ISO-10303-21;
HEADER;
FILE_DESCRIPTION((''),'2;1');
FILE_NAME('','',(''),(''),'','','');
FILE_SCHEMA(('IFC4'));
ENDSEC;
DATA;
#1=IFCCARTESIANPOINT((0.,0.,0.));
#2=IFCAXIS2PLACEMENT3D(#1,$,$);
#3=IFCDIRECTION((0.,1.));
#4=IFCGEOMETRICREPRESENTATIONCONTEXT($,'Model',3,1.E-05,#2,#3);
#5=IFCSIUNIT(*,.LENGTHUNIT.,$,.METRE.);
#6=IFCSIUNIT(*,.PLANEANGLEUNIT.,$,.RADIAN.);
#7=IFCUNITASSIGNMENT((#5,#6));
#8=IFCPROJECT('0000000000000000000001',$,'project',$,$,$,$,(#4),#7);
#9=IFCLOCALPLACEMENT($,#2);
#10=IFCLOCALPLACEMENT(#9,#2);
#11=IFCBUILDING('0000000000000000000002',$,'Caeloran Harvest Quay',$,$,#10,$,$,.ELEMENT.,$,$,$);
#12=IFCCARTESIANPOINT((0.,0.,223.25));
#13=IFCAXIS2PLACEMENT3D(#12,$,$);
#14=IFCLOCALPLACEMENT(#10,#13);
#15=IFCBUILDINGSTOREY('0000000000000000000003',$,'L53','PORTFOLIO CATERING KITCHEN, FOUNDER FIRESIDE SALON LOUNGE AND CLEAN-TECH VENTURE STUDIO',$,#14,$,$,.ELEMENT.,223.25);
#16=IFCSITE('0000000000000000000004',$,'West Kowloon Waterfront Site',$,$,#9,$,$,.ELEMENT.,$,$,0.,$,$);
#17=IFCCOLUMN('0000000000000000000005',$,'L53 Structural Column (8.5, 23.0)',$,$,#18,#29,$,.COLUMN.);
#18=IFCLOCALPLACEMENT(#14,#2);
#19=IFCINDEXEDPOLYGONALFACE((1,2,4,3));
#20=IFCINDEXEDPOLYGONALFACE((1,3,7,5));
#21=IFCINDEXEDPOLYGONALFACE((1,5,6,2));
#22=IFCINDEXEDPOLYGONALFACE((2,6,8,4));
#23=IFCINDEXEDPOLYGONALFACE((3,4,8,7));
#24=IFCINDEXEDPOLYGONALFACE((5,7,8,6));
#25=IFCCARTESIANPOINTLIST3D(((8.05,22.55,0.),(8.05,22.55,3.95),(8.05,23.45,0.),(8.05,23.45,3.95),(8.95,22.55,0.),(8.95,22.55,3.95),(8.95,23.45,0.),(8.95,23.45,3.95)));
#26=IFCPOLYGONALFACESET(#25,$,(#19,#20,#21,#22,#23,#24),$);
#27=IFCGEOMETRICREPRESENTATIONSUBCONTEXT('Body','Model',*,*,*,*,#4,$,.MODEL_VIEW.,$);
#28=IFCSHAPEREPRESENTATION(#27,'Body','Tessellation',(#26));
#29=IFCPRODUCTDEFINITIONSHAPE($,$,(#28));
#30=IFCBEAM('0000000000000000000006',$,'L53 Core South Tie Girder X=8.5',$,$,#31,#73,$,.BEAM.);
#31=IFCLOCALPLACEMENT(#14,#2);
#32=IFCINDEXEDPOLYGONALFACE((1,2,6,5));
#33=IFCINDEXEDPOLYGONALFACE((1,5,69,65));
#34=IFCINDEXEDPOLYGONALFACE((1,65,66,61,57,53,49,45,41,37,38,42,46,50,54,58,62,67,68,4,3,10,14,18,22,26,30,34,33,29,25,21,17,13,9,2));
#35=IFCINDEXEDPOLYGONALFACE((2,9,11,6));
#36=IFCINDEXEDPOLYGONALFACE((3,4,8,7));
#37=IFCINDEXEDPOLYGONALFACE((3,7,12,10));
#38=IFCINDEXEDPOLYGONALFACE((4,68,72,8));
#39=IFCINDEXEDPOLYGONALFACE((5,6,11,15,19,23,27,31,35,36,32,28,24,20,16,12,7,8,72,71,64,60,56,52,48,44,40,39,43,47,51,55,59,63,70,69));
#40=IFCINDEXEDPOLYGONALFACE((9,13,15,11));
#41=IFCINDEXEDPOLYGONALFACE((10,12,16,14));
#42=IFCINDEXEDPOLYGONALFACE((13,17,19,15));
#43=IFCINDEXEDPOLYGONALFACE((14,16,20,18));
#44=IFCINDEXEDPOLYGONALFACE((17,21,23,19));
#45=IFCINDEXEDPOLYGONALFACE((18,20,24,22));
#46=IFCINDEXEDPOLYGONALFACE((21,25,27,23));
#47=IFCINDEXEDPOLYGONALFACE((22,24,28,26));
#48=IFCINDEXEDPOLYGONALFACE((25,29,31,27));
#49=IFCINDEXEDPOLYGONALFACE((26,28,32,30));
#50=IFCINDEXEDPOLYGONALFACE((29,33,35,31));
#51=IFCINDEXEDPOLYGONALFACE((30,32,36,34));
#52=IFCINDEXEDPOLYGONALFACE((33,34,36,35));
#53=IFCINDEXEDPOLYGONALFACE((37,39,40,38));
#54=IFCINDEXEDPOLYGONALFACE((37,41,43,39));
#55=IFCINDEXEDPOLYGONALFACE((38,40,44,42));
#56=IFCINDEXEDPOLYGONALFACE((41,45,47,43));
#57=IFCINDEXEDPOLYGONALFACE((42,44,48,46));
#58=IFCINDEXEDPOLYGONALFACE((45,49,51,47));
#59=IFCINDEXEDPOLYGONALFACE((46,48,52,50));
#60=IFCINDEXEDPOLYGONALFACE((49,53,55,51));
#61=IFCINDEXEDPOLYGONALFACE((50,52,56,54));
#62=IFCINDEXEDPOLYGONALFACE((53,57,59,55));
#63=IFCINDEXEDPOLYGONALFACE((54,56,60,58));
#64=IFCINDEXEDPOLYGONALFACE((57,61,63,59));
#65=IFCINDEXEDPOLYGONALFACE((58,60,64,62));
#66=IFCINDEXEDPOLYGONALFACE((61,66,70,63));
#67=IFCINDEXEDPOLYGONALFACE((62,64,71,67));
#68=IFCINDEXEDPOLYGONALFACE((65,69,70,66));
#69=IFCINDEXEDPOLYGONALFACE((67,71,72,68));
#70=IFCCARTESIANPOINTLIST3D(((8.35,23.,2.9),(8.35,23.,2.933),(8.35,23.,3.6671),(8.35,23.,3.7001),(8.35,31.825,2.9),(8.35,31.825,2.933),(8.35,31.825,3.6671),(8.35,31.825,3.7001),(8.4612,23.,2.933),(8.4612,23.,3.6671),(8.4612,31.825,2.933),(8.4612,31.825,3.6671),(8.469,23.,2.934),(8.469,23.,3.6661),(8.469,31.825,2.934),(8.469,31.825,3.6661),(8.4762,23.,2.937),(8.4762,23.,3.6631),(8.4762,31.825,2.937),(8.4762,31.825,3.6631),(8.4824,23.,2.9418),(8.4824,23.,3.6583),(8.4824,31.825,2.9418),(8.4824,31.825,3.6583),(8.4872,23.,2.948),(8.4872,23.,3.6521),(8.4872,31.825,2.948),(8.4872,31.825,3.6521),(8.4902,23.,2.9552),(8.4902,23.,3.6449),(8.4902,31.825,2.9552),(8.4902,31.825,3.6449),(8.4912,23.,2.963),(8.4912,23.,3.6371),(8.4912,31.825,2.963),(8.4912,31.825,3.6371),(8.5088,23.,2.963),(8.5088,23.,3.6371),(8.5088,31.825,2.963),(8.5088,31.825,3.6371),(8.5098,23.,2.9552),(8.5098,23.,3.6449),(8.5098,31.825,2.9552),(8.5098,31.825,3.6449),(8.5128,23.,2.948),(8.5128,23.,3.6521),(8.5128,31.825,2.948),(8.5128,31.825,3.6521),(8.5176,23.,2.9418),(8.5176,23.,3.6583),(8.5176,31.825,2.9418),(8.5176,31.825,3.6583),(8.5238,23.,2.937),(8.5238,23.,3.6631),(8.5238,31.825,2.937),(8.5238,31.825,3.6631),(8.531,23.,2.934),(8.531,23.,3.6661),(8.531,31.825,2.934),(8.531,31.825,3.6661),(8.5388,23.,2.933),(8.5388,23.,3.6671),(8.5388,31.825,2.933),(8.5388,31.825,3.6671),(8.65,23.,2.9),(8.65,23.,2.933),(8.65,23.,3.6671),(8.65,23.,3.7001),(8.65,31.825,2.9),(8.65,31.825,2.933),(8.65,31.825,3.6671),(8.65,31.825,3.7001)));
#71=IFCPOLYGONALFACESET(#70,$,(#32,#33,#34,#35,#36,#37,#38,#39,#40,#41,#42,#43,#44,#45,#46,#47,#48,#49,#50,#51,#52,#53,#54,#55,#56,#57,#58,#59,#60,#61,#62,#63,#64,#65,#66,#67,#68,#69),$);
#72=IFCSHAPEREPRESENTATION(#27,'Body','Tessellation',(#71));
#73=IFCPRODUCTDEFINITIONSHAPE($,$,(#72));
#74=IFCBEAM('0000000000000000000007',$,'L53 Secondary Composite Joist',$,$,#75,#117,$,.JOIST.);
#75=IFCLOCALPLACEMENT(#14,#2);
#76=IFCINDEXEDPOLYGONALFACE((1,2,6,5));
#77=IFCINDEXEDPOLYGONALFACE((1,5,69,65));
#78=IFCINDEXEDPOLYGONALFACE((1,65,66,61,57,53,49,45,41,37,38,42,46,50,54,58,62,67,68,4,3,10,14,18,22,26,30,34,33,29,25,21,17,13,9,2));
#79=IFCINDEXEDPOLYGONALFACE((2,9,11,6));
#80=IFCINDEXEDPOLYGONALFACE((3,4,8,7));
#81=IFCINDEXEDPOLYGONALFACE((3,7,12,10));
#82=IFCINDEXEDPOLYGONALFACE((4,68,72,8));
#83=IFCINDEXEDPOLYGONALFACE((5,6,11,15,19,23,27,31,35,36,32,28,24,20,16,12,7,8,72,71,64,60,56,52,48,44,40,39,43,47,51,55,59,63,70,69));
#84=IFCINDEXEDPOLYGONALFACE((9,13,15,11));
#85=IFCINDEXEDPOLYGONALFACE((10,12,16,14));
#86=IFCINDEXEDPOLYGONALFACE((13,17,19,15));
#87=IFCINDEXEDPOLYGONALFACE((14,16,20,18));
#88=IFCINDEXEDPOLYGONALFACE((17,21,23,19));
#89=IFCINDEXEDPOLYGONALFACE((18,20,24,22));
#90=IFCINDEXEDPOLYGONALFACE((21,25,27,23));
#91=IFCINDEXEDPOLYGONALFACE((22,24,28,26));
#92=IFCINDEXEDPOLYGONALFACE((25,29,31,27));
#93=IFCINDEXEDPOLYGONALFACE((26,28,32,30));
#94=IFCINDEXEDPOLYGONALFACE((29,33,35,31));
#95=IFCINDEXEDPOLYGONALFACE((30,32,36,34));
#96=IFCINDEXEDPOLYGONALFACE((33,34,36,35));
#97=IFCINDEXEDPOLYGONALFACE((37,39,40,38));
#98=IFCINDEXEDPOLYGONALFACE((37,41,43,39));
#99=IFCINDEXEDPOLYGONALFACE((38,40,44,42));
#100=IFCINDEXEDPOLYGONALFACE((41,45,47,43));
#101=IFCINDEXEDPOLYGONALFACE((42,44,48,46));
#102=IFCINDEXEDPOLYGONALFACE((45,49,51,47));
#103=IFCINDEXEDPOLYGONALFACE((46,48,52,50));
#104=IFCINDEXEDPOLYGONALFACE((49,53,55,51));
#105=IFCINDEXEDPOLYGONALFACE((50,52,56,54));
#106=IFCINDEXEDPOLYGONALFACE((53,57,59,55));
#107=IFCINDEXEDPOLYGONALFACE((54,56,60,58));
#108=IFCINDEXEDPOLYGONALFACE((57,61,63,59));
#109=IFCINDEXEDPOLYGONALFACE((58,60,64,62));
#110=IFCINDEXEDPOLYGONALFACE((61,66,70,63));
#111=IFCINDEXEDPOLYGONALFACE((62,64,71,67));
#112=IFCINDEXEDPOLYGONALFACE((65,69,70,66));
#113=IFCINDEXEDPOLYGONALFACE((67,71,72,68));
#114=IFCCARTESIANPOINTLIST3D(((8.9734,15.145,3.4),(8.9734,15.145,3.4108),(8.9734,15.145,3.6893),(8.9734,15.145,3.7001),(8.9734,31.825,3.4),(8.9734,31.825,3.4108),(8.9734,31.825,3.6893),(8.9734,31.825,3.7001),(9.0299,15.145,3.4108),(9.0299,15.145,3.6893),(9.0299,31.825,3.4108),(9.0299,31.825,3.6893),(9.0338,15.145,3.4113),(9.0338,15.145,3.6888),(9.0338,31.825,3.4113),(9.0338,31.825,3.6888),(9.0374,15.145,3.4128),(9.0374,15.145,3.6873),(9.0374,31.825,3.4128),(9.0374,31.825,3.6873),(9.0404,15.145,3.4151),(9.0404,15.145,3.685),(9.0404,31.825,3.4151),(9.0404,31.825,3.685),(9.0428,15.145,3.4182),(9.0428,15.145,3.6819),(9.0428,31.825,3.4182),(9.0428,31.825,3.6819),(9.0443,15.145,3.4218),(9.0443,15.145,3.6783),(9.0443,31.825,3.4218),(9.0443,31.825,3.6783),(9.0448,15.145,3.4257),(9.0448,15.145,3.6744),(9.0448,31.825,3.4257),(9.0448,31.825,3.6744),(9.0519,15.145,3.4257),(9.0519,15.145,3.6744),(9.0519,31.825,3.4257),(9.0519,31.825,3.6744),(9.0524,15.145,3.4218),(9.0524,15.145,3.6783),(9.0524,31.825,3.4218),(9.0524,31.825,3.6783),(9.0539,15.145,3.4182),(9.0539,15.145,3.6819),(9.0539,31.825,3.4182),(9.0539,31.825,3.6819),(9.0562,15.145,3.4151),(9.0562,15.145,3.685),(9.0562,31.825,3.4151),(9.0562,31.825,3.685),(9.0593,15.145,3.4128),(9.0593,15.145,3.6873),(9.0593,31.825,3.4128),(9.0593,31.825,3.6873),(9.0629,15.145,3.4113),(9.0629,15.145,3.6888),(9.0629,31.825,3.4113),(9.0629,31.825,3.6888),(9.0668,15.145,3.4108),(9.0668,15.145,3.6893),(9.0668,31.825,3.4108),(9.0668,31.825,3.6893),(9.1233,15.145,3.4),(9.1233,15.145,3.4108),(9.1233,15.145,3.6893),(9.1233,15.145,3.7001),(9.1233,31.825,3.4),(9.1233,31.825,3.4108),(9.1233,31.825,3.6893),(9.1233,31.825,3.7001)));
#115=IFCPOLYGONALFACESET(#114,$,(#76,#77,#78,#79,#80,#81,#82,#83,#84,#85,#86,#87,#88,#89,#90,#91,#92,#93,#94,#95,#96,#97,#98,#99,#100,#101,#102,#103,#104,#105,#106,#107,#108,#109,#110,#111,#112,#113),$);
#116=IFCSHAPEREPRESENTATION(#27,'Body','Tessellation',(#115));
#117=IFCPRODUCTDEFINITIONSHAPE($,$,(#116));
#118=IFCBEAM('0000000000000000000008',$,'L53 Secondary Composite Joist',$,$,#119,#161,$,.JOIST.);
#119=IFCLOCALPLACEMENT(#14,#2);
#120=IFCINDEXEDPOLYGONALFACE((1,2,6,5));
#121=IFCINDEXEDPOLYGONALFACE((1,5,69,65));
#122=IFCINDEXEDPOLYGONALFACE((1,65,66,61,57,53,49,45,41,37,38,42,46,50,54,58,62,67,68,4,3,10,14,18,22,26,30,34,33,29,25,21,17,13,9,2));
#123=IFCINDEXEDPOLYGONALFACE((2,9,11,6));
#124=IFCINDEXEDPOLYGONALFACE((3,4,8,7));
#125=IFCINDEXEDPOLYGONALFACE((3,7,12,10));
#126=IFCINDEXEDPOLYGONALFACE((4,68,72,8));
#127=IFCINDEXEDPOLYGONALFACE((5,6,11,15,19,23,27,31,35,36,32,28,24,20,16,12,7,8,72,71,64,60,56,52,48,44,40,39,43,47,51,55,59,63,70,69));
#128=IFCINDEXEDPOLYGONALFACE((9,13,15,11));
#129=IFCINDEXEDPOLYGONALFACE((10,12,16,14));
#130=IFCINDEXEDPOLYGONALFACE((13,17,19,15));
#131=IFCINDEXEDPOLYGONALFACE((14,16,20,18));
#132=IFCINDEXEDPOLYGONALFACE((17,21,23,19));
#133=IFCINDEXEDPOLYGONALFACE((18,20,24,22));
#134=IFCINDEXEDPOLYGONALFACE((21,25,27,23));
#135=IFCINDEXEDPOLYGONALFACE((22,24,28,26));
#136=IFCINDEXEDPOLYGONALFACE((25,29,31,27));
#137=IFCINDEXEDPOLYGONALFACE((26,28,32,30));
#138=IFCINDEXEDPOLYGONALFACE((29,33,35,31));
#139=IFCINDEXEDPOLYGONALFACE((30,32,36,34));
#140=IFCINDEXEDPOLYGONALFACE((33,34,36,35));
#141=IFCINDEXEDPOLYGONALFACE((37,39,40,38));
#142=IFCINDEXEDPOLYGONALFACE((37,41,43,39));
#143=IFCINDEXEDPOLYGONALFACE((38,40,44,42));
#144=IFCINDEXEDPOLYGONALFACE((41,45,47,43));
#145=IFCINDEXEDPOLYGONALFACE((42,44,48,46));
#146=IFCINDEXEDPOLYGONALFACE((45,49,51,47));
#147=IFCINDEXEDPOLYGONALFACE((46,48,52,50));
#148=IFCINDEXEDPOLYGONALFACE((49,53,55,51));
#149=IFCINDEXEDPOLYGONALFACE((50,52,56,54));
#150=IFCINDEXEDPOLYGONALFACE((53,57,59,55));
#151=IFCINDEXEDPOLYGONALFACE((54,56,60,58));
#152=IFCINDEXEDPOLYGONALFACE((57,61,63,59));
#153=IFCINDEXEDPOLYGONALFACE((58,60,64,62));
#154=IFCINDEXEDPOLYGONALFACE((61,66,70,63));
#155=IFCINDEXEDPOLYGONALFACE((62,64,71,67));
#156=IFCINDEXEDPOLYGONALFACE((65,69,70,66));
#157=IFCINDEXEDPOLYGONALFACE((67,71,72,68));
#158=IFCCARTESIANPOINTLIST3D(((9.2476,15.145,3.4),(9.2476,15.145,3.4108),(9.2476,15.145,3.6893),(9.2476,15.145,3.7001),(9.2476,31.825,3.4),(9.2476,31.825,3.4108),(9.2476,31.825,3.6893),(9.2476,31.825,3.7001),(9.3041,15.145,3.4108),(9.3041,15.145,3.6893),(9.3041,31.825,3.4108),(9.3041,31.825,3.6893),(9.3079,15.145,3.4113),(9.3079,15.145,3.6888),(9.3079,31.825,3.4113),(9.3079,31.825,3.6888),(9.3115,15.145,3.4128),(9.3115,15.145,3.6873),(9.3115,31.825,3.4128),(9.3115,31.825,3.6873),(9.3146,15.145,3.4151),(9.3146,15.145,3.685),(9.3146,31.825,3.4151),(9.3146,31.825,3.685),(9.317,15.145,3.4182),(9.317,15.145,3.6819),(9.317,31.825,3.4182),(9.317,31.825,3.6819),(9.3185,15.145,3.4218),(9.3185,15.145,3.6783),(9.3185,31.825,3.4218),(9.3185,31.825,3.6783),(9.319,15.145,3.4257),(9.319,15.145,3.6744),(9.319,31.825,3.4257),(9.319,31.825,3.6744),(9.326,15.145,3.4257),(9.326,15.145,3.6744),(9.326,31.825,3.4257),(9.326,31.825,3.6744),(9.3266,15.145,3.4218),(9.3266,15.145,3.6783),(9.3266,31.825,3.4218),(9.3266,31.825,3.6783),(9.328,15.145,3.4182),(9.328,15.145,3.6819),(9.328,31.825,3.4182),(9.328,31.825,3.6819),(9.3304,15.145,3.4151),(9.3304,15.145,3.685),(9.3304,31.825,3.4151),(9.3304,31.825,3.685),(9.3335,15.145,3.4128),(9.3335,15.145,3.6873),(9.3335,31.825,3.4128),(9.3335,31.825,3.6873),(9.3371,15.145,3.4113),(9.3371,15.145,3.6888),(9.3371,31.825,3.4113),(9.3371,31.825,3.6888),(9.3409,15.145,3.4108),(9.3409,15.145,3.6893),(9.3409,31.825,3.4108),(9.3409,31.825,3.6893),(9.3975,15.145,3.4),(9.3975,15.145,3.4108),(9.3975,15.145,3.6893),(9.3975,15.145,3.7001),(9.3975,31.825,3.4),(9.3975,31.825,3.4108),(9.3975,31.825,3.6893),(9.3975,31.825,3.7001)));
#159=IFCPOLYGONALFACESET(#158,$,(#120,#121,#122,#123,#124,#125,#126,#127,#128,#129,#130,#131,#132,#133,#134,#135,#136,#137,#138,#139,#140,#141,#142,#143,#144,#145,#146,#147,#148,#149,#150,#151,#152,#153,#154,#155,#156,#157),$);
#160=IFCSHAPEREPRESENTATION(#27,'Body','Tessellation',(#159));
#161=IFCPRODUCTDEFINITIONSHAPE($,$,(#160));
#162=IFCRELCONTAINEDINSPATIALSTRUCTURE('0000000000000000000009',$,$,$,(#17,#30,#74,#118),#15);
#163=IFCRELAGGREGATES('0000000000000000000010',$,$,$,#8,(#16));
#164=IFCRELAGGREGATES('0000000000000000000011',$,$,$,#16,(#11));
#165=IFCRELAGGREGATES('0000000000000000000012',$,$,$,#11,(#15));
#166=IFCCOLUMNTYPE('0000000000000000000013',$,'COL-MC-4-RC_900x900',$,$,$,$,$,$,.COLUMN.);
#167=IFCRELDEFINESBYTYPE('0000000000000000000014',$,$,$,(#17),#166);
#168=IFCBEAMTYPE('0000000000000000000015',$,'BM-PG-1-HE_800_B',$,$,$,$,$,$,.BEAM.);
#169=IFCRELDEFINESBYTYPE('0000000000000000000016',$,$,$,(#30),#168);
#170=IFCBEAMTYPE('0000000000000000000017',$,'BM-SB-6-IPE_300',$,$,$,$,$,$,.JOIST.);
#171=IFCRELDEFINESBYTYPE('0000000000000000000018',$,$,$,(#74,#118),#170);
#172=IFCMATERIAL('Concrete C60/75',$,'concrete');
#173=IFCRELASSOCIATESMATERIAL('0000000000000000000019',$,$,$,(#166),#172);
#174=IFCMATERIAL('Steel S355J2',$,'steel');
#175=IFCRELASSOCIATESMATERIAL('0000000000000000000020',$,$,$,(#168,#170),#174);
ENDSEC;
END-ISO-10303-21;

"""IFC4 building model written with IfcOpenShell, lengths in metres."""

from ifc_helpers import new_model, si_unit, direction, frame, origin, origin_2d, place, context, subcontext, project, spatial, rectangle, i_section, extrude, material, material_profile, profile_set, type_object, element, save


model = new_model("IFC4")

# Units and contexts
model_context = context("Model", 3, precision=1e-05, world=origin(), true_north=direction((0.0, 1.0)))
body_context = subcontext(model_context, "Body", "Model", "MODEL_VIEW")
ifc_project = project(units=[si_unit("LENGTHUNIT", "METRE"), si_unit("PLANEANGLEUNIT", "RADIAN")], contexts=[model_context])

# Site, building, storey
site_placement = place(None, origin())
site = spatial("IfcSite", under=ifc_project, at=site_placement, Name="West Kowloon Waterfront Site", CompositionType="ELEMENT", RefElevation=0.0)
building_placement = place(site_placement, origin())
building = spatial("IfcBuilding", under=site, at=building_placement, Name="Caeloran Harvest Quay", CompositionType="ELEMENT")
storey_placement = place(building_placement, frame((0.0, 0.0, 223.25)))
storey = spatial("IfcBuildingStorey", under=building, at=storey_placement, Name="L53", Description="PORTFOLIO CATERING KITCHEN, FOUNDER FIRESIDE SALON LOUNGE AND CLEAN-TECH VENTURE STUDIO", CompositionType="ELEMENT", Elevation=223.25)

# Column
ifc_material_1 = material(Name="Concrete C60/75", Category="concrete")
ifc_material_profile_1 = material_profile(ifc_material_1, rectangle(XDim=0.8999, YDim=0.8999, at=origin_2d()), Name="RC 900x900")
ifc_profile_set_1 = profile_set([ifc_material_profile_1], Name="Concrete C60/75")
column_type = type_object("IfcColumnType", Name="COL-MC-4-RC_900x900", PredefinedType="COLUMN", material=ifc_profile_set_1)
column_placement = place(storey_placement, frame((8.5, 23.0, 0.0), z_axis=(0.0, 0.0, 1.0), x_axis=(1.0, 0.0, 0.0)))
element("IfcColumn", 1, at=column_placement, inside=storey, type_object=column_type, Name="L53 Structural Column (8.5, 23.0)", PredefinedType="COLUMN", context=body_context, shape_type="SweptSolid", body=[
    extrude(rectangle(XDim=0.8999, YDim=0.8999, at=origin_2d()), origin(), (0.0, 0.0, 1.0), 3.95),
])

# Beams
ifc_material_2 = material(Name="Steel S355J2", Category="steel")
ifc_material_profile_2 = material_profile(ifc_material_2, i_section(OverallWidth=0.3, OverallDepth=0.8, WebThickness=0.0176, FlangeThickness=0.033, FilletRadius=0.03, at=origin_2d()), Name="HE 800 B")
ifc_profile_set_2 = profile_set([ifc_material_profile_2], Name="Steel S355J2")
beam_type_1 = type_object("IfcBeamType", Name="BM-PG-1-HE_800_B", PredefinedType="BEAM", material=ifc_profile_set_2)
beam_1_placement = place(storey_placement, frame((8.5, 23.0, 3.3), z_axis=(0.0, 1.0, 0.0), x_axis=(-1.0, 0.0, 0.0)))
element("IfcBeam", 2, at=beam_1_placement, inside=storey, type_object=beam_type_1, Name="L53 Core South Tie Girder X=8.5", PredefinedType="BEAM", context=body_context, shape_type="SweptSolid", body=[
    extrude(i_section(OverallWidth=0.3, OverallDepth=0.8, WebThickness=0.0176, FlangeThickness=0.033, FilletRadius=0.03, at=origin_2d()), origin(), (0.0, 0.0, 1.0), 8.825),
])
ifc_material_profile_3 = material_profile(ifc_material_2, i_section(OverallWidth=0.1499, OverallDepth=0.3, WebThickness=0.0071, FlangeThickness=0.0107, FilletRadius=0.0149, at=origin_2d()), Name="IPE 300")
ifc_profile_set_3 = profile_set([ifc_material_profile_3], Name="Steel S355J2")
beam_type_2 = type_object("IfcBeamType", Name="BM-SB-6-IPE_300", PredefinedType="JOIST", material=ifc_profile_set_3)
for number, where, z_axis, x_axis, name in (
    (3, (9.0483, 15.145, 3.55), (0.0, 1.0, 0.0), (-1.0, 0.0, 0.0), "L53 Secondary Composite Joist"),
    (4, (9.3225, 15.145, 3.55), (0.0, 1.0, 0.0), (-1.0, 0.0, 0.0), "L53 Secondary Composite Joist"),
):
    element("IfcBeam", number, at=place(storey_placement, frame(where, z_axis=z_axis, x_axis=x_axis)), inside=storey, type_object=beam_type_2, Name=name, PredefinedType="JOIST", context=body_context, shape_type="SweptSolid", body=[
        extrude(i_section(OverallWidth=0.1499, OverallDepth=0.3, WebThickness=0.0071, FlangeThickness=0.0107, FilletRadius=0.0149, at=origin_2d()), origin(), (0.0, 0.0, 1.0), 16.6799),
    ])

save(model, "model.ifc")
